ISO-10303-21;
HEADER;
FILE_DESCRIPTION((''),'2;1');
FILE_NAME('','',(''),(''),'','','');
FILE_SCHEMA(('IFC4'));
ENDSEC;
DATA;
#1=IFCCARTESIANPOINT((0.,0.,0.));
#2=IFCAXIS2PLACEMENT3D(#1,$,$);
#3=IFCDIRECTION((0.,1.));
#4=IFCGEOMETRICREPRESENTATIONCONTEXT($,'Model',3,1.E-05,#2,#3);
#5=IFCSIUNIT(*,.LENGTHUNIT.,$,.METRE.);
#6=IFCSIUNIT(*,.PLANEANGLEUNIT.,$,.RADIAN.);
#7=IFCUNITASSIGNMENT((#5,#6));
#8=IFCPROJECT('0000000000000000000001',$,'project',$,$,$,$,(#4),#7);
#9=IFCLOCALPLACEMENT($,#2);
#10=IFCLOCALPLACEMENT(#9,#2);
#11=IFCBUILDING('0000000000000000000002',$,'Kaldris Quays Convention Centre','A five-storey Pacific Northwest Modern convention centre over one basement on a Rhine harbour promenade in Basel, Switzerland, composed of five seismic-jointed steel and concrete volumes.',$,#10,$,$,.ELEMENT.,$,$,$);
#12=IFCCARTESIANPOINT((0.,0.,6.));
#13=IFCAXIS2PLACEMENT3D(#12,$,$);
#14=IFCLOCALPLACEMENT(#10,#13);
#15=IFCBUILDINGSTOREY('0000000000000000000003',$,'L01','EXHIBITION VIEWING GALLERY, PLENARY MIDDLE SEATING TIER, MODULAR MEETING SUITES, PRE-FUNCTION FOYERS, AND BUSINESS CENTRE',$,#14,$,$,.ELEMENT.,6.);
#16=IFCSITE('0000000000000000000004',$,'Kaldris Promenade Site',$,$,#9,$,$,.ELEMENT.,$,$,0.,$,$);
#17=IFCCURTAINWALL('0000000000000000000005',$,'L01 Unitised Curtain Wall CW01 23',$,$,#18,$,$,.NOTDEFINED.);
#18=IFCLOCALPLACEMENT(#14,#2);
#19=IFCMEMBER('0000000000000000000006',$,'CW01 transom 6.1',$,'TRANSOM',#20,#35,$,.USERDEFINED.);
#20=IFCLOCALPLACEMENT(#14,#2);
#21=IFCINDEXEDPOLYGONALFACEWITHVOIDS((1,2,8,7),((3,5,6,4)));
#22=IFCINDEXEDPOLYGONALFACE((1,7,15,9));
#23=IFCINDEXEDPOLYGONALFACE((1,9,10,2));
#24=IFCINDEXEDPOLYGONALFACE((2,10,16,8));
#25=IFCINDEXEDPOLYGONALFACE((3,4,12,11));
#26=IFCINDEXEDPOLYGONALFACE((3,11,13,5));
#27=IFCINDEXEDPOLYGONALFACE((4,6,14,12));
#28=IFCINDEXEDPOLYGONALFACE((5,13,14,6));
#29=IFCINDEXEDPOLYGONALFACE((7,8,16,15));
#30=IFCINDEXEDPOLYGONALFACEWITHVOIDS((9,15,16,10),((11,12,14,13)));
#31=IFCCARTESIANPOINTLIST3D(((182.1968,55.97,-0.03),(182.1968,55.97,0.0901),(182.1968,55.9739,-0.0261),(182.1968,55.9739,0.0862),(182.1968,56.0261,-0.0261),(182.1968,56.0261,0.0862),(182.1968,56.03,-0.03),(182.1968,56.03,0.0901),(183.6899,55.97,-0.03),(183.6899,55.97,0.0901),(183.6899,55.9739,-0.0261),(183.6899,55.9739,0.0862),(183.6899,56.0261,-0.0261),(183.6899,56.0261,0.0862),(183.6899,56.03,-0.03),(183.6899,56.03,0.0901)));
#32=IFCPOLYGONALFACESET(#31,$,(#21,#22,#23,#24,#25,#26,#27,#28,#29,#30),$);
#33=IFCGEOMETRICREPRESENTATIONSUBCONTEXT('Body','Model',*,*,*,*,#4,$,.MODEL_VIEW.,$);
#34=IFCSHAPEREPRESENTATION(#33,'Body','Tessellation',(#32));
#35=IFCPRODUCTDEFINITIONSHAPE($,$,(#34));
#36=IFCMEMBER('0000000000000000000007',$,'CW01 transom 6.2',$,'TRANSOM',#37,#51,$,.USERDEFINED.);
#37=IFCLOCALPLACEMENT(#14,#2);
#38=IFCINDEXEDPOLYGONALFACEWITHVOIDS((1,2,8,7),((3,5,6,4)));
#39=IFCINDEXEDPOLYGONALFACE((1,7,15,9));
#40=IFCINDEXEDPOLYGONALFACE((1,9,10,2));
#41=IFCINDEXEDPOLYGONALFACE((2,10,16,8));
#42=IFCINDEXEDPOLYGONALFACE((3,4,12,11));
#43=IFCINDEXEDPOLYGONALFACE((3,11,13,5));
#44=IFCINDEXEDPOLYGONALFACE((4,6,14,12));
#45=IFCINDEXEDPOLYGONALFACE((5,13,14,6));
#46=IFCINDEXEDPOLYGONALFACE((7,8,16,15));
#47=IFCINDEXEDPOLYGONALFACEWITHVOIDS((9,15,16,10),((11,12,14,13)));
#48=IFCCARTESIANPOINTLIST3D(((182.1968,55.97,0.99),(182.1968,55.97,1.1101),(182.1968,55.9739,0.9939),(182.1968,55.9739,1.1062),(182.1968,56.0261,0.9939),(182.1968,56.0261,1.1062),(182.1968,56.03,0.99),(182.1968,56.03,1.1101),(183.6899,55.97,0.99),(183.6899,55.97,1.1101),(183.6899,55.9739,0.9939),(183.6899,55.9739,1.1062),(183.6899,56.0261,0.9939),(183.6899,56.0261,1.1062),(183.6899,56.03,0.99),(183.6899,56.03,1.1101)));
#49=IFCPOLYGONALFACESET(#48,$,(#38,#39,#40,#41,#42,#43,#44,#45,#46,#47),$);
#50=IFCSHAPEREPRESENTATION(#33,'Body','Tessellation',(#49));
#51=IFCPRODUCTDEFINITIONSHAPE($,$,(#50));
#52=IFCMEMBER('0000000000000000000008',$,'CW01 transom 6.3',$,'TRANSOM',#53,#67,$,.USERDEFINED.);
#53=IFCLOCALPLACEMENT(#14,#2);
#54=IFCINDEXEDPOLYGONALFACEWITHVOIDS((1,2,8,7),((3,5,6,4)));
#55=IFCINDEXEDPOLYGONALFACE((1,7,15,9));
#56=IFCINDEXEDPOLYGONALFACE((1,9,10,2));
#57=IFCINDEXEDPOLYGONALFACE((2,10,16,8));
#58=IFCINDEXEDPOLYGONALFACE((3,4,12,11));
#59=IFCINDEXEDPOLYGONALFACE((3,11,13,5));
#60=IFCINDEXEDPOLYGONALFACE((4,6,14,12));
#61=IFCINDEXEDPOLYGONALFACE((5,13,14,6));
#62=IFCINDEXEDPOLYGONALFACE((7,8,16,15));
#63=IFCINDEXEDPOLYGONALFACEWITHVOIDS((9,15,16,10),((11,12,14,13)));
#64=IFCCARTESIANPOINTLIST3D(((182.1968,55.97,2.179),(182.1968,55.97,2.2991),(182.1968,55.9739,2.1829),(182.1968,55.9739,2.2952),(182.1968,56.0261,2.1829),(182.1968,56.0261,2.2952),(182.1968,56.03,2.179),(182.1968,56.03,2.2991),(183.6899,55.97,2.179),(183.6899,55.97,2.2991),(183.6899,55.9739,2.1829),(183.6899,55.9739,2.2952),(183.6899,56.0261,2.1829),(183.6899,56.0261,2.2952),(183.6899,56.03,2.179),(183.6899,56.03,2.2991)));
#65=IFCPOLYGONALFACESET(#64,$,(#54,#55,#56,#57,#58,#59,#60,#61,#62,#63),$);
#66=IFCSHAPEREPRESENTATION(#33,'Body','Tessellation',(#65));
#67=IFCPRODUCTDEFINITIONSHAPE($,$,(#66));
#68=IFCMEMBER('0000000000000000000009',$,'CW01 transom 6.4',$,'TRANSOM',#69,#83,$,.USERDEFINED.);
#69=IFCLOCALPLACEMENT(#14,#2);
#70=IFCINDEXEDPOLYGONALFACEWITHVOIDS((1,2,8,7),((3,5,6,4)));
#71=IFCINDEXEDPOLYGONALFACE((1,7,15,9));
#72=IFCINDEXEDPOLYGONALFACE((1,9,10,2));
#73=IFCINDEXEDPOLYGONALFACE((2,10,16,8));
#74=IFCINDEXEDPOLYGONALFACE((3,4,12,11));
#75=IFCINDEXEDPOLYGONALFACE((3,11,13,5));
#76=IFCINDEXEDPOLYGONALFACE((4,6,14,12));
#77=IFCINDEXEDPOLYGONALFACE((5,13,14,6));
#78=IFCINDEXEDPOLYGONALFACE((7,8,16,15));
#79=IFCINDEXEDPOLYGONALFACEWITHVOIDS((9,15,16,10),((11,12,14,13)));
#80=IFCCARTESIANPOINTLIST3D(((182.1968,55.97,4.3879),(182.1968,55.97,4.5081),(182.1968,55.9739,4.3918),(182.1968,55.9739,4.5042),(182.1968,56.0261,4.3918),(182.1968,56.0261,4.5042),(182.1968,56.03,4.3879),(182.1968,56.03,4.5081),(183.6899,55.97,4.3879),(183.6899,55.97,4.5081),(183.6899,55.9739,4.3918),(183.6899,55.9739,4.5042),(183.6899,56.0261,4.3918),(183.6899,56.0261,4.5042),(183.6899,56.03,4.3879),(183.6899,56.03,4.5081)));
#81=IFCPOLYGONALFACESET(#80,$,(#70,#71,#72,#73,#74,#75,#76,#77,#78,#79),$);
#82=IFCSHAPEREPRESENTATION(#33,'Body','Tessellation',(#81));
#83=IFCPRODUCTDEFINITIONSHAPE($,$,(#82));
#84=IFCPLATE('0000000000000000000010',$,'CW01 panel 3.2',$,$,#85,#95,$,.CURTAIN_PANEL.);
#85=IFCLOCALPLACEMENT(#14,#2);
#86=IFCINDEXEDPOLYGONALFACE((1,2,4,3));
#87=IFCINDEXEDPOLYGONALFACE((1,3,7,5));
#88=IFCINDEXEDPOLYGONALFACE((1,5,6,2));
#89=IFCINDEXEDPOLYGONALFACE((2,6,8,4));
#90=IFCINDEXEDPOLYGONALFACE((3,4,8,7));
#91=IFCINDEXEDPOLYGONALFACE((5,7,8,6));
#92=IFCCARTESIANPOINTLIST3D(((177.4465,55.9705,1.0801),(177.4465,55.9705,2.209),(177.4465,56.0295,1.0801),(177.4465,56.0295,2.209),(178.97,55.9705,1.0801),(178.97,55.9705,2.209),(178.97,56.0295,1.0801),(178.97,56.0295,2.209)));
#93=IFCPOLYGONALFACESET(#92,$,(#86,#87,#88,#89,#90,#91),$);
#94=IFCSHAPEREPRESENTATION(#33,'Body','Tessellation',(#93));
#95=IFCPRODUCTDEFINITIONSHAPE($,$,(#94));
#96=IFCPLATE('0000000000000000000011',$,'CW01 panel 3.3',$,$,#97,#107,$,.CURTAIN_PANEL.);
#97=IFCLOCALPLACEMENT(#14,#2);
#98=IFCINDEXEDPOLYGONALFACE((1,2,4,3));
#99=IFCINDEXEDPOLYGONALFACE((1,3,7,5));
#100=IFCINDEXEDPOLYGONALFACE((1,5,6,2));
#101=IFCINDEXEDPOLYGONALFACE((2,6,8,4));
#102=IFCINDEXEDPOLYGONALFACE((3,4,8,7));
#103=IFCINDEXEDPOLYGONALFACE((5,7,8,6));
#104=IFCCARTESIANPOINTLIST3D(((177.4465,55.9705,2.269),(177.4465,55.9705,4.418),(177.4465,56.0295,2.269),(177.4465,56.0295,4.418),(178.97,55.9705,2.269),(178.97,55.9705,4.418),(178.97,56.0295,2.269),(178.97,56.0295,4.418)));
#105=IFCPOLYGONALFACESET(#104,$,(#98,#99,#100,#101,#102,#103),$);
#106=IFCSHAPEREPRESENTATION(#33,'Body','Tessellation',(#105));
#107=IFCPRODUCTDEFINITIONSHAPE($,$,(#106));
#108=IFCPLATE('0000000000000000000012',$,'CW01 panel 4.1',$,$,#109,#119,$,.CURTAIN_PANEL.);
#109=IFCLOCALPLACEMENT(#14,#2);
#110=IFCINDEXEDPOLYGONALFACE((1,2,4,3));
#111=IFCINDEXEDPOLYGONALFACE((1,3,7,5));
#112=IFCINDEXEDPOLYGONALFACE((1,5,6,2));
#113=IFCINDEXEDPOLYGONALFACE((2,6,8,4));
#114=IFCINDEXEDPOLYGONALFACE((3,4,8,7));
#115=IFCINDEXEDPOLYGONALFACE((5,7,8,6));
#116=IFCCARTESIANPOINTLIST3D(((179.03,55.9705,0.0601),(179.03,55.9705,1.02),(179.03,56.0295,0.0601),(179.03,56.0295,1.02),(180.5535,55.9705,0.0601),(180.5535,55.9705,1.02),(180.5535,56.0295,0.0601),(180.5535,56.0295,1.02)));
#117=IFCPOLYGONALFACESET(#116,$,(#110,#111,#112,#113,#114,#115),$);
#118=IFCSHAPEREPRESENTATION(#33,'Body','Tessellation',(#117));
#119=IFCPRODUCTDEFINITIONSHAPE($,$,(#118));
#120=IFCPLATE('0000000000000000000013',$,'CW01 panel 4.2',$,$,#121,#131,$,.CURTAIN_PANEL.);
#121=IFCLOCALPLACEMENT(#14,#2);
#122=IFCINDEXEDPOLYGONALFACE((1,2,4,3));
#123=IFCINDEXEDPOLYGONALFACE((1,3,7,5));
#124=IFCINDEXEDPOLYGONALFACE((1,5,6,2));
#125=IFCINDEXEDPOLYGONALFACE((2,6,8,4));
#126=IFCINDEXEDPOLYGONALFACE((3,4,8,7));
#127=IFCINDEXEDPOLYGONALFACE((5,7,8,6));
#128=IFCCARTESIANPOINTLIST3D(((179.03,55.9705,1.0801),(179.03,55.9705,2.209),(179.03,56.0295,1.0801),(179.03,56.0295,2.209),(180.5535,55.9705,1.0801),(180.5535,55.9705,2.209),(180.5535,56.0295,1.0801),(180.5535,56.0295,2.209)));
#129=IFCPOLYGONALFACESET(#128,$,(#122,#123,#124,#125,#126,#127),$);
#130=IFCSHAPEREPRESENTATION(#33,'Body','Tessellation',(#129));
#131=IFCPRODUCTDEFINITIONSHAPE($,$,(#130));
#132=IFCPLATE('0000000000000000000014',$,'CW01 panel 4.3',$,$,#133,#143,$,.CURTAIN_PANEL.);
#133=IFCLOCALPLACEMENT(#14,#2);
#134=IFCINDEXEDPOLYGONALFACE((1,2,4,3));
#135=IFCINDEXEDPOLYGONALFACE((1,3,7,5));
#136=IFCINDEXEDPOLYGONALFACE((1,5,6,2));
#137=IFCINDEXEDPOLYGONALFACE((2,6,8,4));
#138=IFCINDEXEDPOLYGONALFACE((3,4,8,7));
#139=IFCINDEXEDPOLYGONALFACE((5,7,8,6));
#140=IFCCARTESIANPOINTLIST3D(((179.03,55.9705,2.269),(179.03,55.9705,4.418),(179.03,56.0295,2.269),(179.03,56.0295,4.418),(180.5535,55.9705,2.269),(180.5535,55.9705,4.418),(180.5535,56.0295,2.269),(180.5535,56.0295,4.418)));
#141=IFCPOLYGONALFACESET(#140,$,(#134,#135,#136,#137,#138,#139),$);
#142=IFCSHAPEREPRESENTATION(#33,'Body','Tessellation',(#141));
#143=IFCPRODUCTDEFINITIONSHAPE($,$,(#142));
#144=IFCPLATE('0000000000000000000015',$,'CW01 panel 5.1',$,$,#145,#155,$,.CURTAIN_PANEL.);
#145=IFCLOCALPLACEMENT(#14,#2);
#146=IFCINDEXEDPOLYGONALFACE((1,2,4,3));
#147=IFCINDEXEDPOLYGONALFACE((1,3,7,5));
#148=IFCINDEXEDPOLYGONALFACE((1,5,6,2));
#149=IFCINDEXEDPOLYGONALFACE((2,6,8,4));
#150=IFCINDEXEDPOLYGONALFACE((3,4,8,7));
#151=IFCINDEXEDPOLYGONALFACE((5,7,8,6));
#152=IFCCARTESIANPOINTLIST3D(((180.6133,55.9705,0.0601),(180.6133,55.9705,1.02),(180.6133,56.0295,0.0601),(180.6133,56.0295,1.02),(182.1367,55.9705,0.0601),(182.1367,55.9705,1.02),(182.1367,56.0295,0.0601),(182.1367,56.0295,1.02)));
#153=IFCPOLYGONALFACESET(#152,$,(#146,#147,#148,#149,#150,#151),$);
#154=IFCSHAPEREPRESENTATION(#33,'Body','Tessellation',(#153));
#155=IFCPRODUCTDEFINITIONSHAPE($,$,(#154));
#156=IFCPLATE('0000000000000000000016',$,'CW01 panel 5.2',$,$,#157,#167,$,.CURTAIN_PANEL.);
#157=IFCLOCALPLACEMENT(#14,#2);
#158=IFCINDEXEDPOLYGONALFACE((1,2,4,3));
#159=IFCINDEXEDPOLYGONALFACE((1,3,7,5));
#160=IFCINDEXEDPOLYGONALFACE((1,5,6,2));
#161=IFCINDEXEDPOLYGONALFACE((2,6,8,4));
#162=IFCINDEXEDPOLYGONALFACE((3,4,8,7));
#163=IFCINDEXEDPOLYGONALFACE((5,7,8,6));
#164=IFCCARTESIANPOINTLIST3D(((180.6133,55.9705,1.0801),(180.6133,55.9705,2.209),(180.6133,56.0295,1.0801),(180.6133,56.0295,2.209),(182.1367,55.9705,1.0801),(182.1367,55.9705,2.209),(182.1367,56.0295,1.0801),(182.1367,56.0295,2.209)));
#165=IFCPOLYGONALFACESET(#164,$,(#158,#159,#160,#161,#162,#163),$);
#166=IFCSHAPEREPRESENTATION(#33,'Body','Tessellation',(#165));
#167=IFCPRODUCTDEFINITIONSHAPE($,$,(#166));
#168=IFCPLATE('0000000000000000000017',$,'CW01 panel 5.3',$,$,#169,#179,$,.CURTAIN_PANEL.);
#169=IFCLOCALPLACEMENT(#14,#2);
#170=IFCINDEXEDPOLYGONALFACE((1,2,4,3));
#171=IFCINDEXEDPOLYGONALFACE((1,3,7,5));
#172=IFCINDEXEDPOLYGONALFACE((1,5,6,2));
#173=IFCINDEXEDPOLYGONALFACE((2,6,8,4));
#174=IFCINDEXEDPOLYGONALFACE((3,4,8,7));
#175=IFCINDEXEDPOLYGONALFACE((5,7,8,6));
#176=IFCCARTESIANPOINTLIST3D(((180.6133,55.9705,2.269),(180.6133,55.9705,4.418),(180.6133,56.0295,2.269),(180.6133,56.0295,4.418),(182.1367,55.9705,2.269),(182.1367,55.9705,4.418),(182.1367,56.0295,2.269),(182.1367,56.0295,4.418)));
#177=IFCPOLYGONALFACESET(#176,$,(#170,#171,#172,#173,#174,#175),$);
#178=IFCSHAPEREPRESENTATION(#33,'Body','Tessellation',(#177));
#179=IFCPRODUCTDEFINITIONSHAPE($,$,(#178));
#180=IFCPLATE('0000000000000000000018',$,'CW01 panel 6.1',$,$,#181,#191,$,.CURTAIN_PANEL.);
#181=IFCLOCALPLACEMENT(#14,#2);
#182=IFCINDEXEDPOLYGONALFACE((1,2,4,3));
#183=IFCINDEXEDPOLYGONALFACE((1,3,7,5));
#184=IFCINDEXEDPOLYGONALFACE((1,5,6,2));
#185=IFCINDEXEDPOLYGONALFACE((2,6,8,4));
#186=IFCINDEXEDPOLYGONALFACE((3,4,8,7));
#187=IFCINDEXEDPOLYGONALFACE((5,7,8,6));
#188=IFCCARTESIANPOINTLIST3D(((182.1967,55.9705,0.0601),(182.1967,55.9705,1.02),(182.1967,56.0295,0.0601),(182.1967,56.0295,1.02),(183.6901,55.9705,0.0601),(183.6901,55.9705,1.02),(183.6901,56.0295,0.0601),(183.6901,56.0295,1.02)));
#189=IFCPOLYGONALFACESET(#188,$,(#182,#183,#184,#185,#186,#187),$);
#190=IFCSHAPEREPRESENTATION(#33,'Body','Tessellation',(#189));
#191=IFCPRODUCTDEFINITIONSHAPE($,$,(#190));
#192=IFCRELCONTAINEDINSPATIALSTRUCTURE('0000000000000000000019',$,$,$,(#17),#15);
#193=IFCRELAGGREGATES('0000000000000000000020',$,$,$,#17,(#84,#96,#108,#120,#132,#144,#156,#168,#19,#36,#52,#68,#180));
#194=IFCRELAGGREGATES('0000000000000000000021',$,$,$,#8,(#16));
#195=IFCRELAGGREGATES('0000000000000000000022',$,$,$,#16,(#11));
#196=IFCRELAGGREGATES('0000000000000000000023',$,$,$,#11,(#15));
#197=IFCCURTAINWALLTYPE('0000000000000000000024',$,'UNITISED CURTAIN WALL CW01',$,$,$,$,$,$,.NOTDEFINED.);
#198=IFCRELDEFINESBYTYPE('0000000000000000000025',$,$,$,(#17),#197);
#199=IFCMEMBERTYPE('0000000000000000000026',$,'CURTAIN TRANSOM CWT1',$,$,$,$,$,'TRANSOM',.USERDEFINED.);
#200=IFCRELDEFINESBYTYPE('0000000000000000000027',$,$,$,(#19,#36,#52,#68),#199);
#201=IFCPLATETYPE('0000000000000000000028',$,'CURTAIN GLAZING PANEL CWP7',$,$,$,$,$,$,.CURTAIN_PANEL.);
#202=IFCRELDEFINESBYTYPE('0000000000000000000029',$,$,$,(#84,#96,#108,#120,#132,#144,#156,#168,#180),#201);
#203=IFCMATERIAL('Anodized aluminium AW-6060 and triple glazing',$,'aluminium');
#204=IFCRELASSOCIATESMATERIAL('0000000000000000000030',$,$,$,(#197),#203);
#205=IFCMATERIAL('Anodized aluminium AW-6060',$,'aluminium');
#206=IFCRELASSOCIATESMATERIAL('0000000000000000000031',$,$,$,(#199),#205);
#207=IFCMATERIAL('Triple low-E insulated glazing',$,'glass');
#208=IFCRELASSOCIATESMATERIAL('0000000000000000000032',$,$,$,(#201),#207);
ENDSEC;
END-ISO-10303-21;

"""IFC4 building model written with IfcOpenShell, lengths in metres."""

from ifc_helpers import new_model, si_unit, direction, frame, origin, origin_2d, place, context, subcontext, project, spatial, rectangle, hollow_rectangle, extrude, material, material_profile, profile_set, type_object, element, aggregate, save


model = new_model("IFC4")

# Units and contexts
model_context = context("Model", 3, precision=1e-05, world=origin(), true_north=direction((0.0, 1.0)))
body_context = subcontext(model_context, "Body", "Model", "MODEL_VIEW")
ifc_project = project(units=[si_unit("LENGTHUNIT", "METRE"), si_unit("PLANEANGLEUNIT", "RADIAN")], contexts=[model_context])

# Site, building, storey
site_placement = place(None, origin())
site = spatial("IfcSite", under=ifc_project, at=site_placement, Name="Kaldris Promenade Site", CompositionType="ELEMENT", RefElevation=0.0)
building_placement = place(site_placement, origin())
building = spatial("IfcBuilding", under=site, at=building_placement, Name="Kaldris Quays Convention Centre", Description="A five-storey Pacific Northwest Modern convention centre over one basement on a Rhine harbour promenade in Basel, Switzerland, composed of five seismic-jointed steel and concrete volumes.", CompositionType="ELEMENT")
storey_placement = place(building_placement, frame((0.0, 0.0, 6.0)))
storey = spatial("IfcBuildingStorey", under=building, at=storey_placement, Name="L01", Description="EXHIBITION VIEWING GALLERY, PLENARY MIDDLE SEATING TIER, MODULAR MEETING SUITES, PRE-FUNCTION FOYERS, AND BUSINESS CENTRE", CompositionType="ELEMENT", Elevation=6.0)

# Curtain wall, members, plates
ifc_material_1 = material(Name="Anodized aluminium AW-6060 and triple glazing", Category="aluminium")
curtain_wall_type = type_object("IfcCurtainWallType", Name="UNITISED CURTAIN WALL CW01", PredefinedType="NOTDEFINED", material=ifc_material_1)
curtain_wall_placement = place(storey_placement, origin())
curtain_wall = element("IfcCurtainWall", 1, at=curtain_wall_placement, inside=storey, type_object=curtain_wall_type, Name="L01 Unitised Curtain Wall CW01 23", PredefinedType="NOTDEFINED")
ifc_material_2 = material(Name="Anodized aluminium AW-6060", Category="aluminium")
ifc_material_profile_1 = material_profile(ifc_material_2, hollow_rectangle(XDim=0.0601, YDim=0.1201, WallThickness=0.0039, at=origin_2d()), Name="RHS 120x60x4")
ifc_profile_set_1 = profile_set([ifc_material_profile_1], Name="Anodized aluminium AW-6060")
member_type_1 = type_object("IfcMemberType", Name="CURTAIN TRANSOM CWT1", ElementType="TRANSOM", PredefinedType="USERDEFINED", material=ifc_profile_set_1)
member_1_placement = place(storey_placement, frame((182.1968, 56.0, 0.03), z_axis=(1.0, 0.0, 0.0), x_axis=(0.0, 1.0, 0.0)))
member_1 = element("IfcMember", 2, at=member_1_placement, type_object=member_type_1, Name="CW01 transom 6.1", ObjectType="TRANSOM", PredefinedType="USERDEFINED", context=body_context, shape_type="SweptSolid", body=[
    extrude(hollow_rectangle(XDim=0.0601, YDim=0.1201, WallThickness=0.0039, at=origin_2d()), origin(), (0.0, 0.0, 1.0), 1.4932),
])
member_2_placement = place(storey_placement, frame((182.1968, 56.0, 1.05), z_axis=(1.0, 0.0, 0.0), x_axis=(0.0, 1.0, 0.0)))
member_2 = element("IfcMember", 3, at=member_2_placement, type_object=member_type_1, Name="CW01 transom 6.2", ObjectType="TRANSOM", PredefinedType="USERDEFINED", context=body_context, shape_type="SweptSolid", body=[
    extrude(hollow_rectangle(XDim=0.0601, YDim=0.1201, WallThickness=0.0039, at=origin_2d()), origin(), (0.0, 0.0, 1.0), 1.4932),
])
member_3_placement = place(storey_placement, frame((182.1968, 56.0, 2.239), z_axis=(1.0, 0.0, 0.0), x_axis=(0.0, 1.0, 0.0)))
member_3 = element("IfcMember", 4, at=member_3_placement, type_object=member_type_1, Name="CW01 transom 6.3", ObjectType="TRANSOM", PredefinedType="USERDEFINED", context=body_context, shape_type="SweptSolid", body=[
    extrude(hollow_rectangle(XDim=0.0601, YDim=0.1201, WallThickness=0.0039, at=origin_2d()), origin(), (0.0, 0.0, 1.0), 1.4932),
])
member_4_placement = place(storey_placement, frame((182.1968, 56.0, 4.448), z_axis=(1.0, 0.0, 0.0), x_axis=(0.0, 1.0, 0.0)))
member_4 = element("IfcMember", 5, at=member_4_placement, type_object=member_type_1, Name="CW01 transom 6.4", ObjectType="TRANSOM", PredefinedType="USERDEFINED", context=body_context, shape_type="SweptSolid", body=[
    extrude(hollow_rectangle(XDim=0.0601, YDim=0.1201, WallThickness=0.0039, at=origin_2d()), origin(), (0.0, 0.0, 1.0), 1.4932),
])
ifc_material_3 = material(Name="Triple low-E insulated glazing", Category="glass")
plate_type = type_object("IfcPlateType", Name="CURTAIN GLAZING PANEL CWP7", PredefinedType="CURTAIN_PANEL", material=ifc_material_3)
plate_1_placement = place(storey_placement, frame((178.2083, 56.0, 1.0801), z_axis=(0.0, 0.0, 1.0), x_axis=(1.0, 0.0, 0.0)))
plate_1 = element("IfcPlate", 6, at=plate_1_placement, type_object=plate_type, Name="CW01 panel 3.2", PredefinedType="CURTAIN_PANEL", context=body_context, shape_type="SweptSolid", body=[
    extrude(rectangle(XDim=1.5234, YDim=0.0591, at=origin_2d()), origin(), (0.0, 0.0, 1.0), 1.1289),
])
plate_2_placement = place(storey_placement, frame((178.2083, 56.0, 2.269), z_axis=(0.0, 0.0, 1.0), x_axis=(1.0, 0.0, 0.0)))
plate_2 = element("IfcPlate", 7, at=plate_2_placement, type_object=plate_type, Name="CW01 panel 3.3", PredefinedType="CURTAIN_PANEL", context=body_context, shape_type="SweptSolid", body=[
    extrude(rectangle(XDim=1.5234, YDim=0.0591, at=origin_2d()), origin(), (0.0, 0.0, 1.0), 2.1489),
])
plate_3_placement = place(storey_placement, frame((179.7917, 56.0, 0.0601), z_axis=(0.0, 0.0, 1.0), x_axis=(1.0, 0.0, 0.0)))
plate_3 = element("IfcPlate", 8, at=plate_3_placement, type_object=plate_type, Name="CW01 panel 4.1", PredefinedType="CURTAIN_PANEL", context=body_context, shape_type="SweptSolid", body=[
    extrude(rectangle(XDim=1.5234, YDim=0.0591, at=origin_2d()), origin(), (0.0, 0.0, 1.0), 0.96),
])
plate_4_placement = place(storey_placement, frame((179.7917, 56.0, 1.0801), z_axis=(0.0, 0.0, 1.0), x_axis=(1.0, 0.0, 0.0)))
plate_4 = element("IfcPlate", 9, at=plate_4_placement, type_object=plate_type, Name="CW01 panel 4.2", PredefinedType="CURTAIN_PANEL", context=body_context, shape_type="SweptSolid", body=[
    extrude(rectangle(XDim=1.5234, YDim=0.0591, at=origin_2d()), origin(), (0.0, 0.0, 1.0), 1.1289),
])
plate_5_placement = place(storey_placement, frame((179.7917, 56.0, 2.269), z_axis=(0.0, 0.0, 1.0), x_axis=(1.0, 0.0, 0.0)))
plate_5 = element("IfcPlate", 10, at=plate_5_placement, type_object=plate_type, Name="CW01 panel 4.3", PredefinedType="CURTAIN_PANEL", context=body_context, shape_type="SweptSolid", body=[
    extrude(rectangle(XDim=1.5234, YDim=0.0591, at=origin_2d()), origin(), (0.0, 0.0, 1.0), 2.1489),
])
plate_6_placement = place(storey_placement, frame((181.375, 56.0, 0.0601), z_axis=(0.0, 0.0, 1.0), x_axis=(1.0, 0.0, 0.0)))
plate_6 = element("IfcPlate", 11, at=plate_6_placement, type_object=plate_type, Name="CW01 panel 5.1", PredefinedType="CURTAIN_PANEL", context=body_context, shape_type="SweptSolid", body=[
    extrude(rectangle(XDim=1.5234, YDim=0.0591, at=origin_2d()), origin(), (0.0, 0.0, 1.0), 0.96),
])
plate_7_placement = place(storey_placement, frame((181.375, 56.0, 1.0801), z_axis=(0.0, 0.0, 1.0), x_axis=(1.0, 0.0, 0.0)))
plate_7 = element("IfcPlate", 12, at=plate_7_placement, type_object=plate_type, Name="CW01 panel 5.2", PredefinedType="CURTAIN_PANEL", context=body_context, shape_type="SweptSolid", body=[
    extrude(rectangle(XDim=1.5234, YDim=0.0591, at=origin_2d()), origin(), (0.0, 0.0, 1.0), 1.1289),
])
plate_8_placement = place(storey_placement, frame((181.375, 56.0, 2.269), z_axis=(0.0, 0.0, 1.0), x_axis=(1.0, 0.0, 0.0)))
plate_8 = element("IfcPlate", 13, at=plate_8_placement, type_object=plate_type, Name="CW01 panel 5.3", PredefinedType="CURTAIN_PANEL", context=body_context, shape_type="SweptSolid", body=[
    extrude(rectangle(XDim=1.5234, YDim=0.0591, at=origin_2d()), origin(), (0.0, 0.0, 1.0), 2.1489),
])
plate_9_placement = place(storey_placement, frame((182.9434, 56.0, 0.0601), z_axis=(0.0, 0.0, 1.0), x_axis=(1.0, 0.0, 0.0)))
plate_9 = element("IfcPlate", 14, at=plate_9_placement, type_object=plate_type, Name="CW01 panel 6.1", PredefinedType="CURTAIN_PANEL", context=body_context, shape_type="SweptSolid", body=[
    extrude(rectangle(XDim=1.4934, YDim=0.0591, at=origin_2d()), origin(), (0.0, 0.0, 1.0), 0.96),
])
aggregate(curtain_wall, [plate_1, plate_2, plate_3, plate_4, plate_5, plate_6, plate_7, plate_8, member_1, member_2, member_3, member_4, plate_9])

save(model, "model.ifc")
